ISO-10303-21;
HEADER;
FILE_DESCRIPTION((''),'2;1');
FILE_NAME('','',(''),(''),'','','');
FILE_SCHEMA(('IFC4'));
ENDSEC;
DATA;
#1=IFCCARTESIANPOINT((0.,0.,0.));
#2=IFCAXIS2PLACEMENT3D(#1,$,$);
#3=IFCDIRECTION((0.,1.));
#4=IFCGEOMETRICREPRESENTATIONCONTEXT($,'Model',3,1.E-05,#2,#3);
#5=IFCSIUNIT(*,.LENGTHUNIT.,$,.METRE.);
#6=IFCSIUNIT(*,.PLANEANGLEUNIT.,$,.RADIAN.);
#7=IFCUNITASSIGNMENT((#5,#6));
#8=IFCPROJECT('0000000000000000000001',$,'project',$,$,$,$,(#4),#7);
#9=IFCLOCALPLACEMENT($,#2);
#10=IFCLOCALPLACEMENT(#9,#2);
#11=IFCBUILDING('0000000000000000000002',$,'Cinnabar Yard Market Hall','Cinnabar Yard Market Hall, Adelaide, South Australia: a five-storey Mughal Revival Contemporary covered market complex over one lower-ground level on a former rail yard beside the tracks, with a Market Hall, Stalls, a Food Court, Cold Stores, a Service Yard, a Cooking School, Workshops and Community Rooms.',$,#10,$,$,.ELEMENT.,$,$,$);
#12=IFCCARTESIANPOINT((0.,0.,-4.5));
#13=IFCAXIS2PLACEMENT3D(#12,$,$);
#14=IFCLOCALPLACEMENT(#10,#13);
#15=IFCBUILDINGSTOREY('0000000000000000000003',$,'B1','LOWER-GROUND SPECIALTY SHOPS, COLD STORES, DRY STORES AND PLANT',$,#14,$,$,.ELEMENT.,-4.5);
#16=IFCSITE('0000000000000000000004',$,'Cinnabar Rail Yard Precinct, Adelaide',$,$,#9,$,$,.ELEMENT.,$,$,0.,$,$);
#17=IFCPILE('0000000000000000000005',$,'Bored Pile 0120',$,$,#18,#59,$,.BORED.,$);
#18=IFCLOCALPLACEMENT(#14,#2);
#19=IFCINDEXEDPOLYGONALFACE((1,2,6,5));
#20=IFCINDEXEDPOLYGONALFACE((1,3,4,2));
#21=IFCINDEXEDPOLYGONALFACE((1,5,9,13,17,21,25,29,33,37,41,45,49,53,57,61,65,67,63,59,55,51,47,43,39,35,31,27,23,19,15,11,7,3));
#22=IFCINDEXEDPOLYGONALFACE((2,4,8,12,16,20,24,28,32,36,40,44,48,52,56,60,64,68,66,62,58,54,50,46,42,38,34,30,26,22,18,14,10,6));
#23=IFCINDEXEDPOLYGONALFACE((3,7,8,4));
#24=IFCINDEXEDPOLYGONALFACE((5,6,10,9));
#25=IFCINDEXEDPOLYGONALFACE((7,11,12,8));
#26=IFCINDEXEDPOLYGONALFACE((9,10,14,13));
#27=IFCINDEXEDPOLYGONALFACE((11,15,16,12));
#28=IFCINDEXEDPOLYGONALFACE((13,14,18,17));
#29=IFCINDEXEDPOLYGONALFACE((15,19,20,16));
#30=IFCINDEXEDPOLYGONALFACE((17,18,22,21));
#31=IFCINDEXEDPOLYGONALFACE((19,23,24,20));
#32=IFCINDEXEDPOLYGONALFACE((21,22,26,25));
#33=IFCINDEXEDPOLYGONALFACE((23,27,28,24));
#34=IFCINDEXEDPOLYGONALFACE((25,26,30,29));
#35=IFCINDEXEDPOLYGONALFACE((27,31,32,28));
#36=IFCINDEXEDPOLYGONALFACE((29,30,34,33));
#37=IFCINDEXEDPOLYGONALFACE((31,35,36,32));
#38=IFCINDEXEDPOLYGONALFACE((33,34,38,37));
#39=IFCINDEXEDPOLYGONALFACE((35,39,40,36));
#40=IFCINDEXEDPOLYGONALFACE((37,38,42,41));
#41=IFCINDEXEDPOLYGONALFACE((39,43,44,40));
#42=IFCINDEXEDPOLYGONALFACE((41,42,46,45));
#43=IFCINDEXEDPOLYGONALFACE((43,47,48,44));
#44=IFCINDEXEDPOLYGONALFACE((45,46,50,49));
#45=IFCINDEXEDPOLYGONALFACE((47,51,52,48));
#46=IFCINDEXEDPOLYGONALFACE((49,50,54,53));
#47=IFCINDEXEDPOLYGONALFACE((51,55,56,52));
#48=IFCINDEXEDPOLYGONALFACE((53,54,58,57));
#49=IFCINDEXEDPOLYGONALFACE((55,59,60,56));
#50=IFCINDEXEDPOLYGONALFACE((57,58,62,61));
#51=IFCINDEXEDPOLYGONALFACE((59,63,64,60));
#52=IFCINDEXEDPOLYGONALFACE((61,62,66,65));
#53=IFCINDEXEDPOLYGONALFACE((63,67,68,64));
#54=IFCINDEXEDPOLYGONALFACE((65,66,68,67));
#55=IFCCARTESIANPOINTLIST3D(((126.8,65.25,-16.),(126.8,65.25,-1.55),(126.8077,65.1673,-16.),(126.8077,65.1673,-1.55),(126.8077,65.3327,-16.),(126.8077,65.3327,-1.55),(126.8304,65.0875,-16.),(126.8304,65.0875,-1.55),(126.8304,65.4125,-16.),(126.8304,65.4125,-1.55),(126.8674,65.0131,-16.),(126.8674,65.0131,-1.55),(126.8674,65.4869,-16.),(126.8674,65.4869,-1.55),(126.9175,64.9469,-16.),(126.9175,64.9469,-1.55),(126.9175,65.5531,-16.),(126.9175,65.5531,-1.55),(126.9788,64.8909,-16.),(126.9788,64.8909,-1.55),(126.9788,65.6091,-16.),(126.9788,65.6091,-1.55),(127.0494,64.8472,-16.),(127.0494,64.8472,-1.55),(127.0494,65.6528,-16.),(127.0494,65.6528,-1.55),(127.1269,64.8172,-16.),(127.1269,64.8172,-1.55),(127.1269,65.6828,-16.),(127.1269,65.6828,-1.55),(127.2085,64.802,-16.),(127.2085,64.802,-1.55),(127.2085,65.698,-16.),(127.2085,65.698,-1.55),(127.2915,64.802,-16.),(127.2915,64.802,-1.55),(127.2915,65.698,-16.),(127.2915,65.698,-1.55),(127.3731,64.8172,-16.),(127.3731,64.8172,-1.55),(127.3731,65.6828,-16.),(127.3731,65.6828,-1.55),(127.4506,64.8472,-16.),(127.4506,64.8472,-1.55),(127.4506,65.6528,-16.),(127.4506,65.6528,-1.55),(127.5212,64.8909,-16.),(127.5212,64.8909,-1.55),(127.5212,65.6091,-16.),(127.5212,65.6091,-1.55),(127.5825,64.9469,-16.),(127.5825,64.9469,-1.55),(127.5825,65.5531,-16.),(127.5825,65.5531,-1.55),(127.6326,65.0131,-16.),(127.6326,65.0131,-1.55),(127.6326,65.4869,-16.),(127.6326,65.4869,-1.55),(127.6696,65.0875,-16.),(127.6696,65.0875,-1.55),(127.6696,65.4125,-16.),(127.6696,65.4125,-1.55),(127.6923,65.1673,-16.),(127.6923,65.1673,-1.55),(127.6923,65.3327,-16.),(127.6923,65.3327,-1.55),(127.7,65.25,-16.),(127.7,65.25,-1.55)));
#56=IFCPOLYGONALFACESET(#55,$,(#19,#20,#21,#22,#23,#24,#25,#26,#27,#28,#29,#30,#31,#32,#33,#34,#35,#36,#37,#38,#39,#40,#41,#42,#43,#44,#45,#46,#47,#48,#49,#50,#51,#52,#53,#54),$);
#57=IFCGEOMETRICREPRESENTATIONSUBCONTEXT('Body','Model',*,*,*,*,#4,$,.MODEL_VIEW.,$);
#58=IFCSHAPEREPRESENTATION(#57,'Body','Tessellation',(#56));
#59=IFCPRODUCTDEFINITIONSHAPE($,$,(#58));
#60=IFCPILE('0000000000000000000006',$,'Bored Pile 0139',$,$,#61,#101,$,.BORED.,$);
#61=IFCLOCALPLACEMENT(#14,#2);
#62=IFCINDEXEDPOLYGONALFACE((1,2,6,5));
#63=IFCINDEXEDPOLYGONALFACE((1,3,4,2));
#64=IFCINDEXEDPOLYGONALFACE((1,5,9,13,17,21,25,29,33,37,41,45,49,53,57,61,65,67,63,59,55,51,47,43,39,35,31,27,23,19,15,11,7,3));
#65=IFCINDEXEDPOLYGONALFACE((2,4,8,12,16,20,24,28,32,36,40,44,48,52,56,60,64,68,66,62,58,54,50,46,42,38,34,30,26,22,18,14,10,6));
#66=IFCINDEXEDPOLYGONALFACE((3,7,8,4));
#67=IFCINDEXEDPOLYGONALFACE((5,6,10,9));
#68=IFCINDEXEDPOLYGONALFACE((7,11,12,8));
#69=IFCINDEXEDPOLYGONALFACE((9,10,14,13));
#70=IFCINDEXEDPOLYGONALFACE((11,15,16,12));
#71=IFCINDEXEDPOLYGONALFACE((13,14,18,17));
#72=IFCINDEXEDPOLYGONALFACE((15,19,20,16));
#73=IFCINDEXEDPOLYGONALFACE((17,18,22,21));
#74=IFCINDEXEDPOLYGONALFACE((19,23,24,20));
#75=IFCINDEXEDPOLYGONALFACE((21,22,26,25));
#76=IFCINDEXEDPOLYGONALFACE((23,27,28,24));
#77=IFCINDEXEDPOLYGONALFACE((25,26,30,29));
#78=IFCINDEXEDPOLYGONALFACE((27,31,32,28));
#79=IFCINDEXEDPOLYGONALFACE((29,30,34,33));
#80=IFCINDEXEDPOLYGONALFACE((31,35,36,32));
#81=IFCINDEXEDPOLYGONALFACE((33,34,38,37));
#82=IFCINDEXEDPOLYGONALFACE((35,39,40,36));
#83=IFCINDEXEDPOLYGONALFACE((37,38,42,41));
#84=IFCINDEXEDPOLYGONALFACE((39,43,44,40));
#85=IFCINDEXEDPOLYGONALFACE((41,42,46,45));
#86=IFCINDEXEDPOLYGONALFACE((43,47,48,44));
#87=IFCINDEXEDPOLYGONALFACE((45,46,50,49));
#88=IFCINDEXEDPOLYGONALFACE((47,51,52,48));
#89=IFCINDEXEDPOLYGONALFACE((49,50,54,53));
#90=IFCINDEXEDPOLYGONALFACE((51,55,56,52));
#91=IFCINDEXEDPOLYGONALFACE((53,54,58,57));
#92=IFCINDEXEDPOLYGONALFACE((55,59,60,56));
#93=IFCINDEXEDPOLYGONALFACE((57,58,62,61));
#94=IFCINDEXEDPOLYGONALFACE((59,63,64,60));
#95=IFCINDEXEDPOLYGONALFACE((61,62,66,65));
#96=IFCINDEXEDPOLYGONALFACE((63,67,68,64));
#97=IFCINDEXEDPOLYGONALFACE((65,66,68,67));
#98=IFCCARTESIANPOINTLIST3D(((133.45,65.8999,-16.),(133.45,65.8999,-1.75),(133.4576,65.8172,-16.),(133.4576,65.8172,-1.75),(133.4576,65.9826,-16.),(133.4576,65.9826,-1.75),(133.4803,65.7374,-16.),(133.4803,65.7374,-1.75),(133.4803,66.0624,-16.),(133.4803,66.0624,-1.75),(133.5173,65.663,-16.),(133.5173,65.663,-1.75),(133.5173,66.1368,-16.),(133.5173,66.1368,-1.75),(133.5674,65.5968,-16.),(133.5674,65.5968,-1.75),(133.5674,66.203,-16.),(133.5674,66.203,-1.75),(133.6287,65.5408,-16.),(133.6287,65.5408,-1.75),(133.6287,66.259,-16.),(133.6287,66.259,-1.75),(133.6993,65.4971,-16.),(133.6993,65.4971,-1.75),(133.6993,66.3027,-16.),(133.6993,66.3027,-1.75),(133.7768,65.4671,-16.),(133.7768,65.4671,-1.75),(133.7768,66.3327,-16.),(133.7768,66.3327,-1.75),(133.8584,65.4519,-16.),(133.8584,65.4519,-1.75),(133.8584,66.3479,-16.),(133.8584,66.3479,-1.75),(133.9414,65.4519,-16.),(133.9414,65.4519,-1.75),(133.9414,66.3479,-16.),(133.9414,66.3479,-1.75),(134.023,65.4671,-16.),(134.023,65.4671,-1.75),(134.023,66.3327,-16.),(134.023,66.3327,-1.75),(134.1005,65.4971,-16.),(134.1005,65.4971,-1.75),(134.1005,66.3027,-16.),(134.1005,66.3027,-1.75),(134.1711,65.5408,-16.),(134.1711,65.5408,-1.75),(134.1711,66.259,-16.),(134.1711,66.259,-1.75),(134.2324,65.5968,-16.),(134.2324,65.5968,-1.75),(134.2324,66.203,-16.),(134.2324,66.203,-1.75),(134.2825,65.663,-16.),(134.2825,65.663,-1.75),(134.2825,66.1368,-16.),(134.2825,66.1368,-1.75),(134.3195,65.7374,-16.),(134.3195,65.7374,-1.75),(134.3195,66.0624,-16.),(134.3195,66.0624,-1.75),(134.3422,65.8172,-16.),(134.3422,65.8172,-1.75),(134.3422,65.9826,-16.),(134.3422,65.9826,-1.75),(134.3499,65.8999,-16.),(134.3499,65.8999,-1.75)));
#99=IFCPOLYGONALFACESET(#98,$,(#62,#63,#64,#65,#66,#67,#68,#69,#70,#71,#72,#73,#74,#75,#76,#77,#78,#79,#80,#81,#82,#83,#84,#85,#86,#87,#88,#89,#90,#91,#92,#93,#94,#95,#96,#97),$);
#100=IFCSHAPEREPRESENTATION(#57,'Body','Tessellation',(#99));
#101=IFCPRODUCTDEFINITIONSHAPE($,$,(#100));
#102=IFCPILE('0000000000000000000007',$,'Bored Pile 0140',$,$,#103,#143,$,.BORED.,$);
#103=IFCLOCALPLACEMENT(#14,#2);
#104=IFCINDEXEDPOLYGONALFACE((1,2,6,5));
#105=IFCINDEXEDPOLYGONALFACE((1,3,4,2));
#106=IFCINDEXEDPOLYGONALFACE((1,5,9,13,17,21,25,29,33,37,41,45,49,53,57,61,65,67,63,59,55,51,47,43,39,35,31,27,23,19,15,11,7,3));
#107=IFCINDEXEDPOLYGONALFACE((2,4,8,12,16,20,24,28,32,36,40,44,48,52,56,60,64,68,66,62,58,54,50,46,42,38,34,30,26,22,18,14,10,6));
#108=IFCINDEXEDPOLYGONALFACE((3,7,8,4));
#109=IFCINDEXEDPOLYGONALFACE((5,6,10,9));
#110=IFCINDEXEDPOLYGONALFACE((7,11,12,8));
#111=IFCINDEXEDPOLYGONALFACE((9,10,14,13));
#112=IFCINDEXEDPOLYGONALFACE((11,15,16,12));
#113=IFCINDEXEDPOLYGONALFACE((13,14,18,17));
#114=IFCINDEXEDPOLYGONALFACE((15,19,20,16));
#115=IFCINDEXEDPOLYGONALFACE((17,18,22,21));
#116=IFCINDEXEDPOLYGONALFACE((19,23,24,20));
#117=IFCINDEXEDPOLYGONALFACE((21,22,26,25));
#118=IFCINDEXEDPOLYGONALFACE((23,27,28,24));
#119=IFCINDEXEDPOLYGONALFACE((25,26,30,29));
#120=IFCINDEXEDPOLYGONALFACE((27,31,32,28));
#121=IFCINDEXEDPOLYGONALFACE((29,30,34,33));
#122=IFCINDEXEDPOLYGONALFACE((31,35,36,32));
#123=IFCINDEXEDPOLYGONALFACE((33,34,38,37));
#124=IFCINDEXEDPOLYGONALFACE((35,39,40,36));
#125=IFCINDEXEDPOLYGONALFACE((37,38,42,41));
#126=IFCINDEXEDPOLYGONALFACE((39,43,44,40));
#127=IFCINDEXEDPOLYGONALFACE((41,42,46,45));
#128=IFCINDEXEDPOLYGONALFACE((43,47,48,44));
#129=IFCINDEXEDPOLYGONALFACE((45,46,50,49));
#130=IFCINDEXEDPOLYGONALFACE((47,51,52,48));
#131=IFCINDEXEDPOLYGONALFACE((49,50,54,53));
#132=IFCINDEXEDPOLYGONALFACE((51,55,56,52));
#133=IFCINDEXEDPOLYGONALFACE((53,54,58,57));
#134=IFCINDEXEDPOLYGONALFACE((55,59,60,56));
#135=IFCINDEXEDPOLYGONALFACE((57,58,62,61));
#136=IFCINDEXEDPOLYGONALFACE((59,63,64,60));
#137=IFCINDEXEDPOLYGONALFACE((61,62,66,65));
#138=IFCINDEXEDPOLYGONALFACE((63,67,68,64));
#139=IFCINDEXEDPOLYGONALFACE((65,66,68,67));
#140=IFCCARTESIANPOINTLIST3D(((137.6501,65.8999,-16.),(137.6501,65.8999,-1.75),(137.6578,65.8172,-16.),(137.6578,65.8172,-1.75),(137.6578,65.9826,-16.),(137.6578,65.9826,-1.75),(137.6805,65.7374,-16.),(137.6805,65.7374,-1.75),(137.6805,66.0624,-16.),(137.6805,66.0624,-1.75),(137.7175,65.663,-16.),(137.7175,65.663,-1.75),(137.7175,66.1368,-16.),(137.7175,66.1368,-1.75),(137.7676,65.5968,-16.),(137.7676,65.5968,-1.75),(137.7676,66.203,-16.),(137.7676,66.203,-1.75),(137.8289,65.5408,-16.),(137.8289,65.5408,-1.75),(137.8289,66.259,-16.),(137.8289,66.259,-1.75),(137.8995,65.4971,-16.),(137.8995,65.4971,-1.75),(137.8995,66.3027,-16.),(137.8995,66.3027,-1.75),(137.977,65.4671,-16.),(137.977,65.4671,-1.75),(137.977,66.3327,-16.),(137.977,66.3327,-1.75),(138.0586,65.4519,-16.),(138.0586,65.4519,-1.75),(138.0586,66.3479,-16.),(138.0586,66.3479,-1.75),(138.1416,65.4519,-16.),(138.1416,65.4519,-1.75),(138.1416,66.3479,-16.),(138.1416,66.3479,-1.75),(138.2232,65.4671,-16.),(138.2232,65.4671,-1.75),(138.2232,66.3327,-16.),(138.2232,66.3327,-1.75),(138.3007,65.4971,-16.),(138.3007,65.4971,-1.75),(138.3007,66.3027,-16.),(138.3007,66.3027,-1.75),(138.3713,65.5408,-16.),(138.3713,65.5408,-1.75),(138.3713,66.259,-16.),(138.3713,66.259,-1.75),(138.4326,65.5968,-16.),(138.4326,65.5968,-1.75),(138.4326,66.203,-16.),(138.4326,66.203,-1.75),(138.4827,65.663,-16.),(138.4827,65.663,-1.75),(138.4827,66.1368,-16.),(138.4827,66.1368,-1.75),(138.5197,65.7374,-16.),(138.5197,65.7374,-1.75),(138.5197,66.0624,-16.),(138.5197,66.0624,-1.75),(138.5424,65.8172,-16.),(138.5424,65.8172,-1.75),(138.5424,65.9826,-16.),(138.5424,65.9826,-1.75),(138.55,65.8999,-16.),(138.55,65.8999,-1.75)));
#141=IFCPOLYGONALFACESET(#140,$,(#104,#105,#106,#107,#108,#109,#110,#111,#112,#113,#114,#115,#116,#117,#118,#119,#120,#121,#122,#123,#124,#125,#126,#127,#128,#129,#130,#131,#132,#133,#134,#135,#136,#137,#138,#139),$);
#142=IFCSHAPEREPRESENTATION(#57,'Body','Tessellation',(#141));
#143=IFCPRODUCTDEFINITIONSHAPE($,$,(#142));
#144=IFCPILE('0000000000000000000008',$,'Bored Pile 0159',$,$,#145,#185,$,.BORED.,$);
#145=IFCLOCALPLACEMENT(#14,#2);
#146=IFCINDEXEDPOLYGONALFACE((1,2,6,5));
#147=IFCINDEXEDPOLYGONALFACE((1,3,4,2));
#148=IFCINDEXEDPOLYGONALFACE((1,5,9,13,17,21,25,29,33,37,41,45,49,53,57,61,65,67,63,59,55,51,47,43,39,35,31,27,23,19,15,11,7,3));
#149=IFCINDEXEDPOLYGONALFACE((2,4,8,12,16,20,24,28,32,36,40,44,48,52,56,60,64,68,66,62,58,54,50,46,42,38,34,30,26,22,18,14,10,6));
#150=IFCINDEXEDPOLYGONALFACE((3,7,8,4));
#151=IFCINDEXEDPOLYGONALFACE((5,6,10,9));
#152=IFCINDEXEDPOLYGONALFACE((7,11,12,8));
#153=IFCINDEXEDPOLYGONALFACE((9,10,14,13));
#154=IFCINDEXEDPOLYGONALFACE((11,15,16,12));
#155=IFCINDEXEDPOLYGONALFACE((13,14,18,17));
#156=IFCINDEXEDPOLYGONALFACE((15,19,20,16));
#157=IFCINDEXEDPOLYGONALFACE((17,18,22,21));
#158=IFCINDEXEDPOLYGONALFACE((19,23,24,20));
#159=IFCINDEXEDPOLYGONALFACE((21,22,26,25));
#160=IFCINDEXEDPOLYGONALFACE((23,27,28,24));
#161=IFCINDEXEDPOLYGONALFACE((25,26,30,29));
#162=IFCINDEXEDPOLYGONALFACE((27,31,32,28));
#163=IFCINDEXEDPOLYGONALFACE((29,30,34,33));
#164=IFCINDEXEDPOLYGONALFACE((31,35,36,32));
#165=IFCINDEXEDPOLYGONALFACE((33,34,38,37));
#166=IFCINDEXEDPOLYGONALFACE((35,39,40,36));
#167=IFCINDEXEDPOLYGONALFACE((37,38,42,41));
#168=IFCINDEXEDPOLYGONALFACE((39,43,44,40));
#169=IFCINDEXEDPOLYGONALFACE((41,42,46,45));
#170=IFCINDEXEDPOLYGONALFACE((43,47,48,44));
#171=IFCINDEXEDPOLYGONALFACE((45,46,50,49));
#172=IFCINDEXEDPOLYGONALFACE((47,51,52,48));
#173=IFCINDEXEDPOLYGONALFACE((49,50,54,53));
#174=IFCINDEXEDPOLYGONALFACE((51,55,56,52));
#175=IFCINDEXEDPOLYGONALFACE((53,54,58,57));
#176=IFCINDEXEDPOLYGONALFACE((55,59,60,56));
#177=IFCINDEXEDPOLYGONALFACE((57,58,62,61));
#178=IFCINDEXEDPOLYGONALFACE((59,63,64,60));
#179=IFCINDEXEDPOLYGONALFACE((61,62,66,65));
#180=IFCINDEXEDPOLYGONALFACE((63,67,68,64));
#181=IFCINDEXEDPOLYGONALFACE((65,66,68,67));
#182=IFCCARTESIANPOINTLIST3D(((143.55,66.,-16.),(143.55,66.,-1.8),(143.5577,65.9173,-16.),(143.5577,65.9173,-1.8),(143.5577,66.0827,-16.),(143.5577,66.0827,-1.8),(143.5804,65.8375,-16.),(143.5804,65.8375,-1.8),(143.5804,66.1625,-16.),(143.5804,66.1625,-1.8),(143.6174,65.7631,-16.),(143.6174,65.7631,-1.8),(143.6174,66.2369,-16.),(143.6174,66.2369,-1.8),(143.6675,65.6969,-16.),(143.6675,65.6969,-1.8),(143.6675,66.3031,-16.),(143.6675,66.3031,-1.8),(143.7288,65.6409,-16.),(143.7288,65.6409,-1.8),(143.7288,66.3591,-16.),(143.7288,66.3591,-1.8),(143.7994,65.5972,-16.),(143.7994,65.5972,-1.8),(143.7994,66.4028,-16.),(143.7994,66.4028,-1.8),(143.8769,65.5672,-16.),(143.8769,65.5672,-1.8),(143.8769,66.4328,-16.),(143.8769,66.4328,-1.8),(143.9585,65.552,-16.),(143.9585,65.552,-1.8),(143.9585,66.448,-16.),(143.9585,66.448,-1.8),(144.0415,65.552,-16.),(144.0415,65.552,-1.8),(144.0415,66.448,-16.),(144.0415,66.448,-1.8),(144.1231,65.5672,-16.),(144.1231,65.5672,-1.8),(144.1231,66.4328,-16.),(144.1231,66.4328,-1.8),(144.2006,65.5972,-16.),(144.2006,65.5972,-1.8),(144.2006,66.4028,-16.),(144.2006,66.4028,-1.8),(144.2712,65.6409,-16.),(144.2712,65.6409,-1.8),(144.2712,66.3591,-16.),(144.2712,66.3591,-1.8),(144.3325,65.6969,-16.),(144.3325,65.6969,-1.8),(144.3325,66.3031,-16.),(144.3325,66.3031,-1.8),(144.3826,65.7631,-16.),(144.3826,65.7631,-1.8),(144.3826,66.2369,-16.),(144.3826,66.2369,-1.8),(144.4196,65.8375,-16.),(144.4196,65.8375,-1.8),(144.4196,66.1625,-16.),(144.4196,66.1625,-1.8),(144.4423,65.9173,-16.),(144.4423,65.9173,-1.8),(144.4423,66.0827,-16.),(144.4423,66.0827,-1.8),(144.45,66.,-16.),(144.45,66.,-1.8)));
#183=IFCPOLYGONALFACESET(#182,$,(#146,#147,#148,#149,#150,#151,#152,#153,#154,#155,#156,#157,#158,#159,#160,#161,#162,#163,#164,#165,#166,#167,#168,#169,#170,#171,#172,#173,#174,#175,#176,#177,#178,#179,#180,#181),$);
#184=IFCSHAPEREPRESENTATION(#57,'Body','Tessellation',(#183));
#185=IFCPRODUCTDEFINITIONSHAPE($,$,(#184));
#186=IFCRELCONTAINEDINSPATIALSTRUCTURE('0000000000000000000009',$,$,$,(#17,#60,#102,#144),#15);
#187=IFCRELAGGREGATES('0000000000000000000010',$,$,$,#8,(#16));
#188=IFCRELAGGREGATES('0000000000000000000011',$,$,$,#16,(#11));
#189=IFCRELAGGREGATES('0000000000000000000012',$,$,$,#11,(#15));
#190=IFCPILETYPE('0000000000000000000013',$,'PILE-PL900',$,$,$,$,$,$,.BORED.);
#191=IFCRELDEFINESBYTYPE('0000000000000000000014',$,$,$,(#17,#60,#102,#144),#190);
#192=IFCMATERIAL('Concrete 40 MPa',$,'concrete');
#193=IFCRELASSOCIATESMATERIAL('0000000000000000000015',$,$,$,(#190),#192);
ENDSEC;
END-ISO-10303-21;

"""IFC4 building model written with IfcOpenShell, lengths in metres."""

from ifc_helpers import new_model, si_unit, direction, frame, origin, origin_2d_with_axis, place, context, subcontext, project, spatial, circle, extrude, material, material_profile, profile_set, type_object, element, save


model = new_model("IFC4")

# Units and contexts
model_context = context("Model", 3, precision=1e-05, world=origin(), true_north=direction((0.0, 1.0)))
body_context = subcontext(model_context, "Body", "Model", "MODEL_VIEW")
ifc_project = project(units=[si_unit("LENGTHUNIT", "METRE"), si_unit("PLANEANGLEUNIT", "RADIAN")], contexts=[model_context])

# Site, building, storey
site_placement = place(None, origin())
site = spatial("IfcSite", under=ifc_project, at=site_placement, Name="Cinnabar Rail Yard Precinct, Adelaide", CompositionType="ELEMENT", RefElevation=0.0)
building_placement = place(site_placement, origin())
building = spatial("IfcBuilding", under=site, at=building_placement, Name="Cinnabar Yard Market Hall", Description="Cinnabar Yard Market Hall, Adelaide, South Australia: a five-storey Mughal Revival Contemporary covered market complex over one lower-ground level on a former rail yard beside the tracks, with a Market Hall, Stalls, a Food Court, Cold Stores, a Service Yard, a Cooking School, Workshops and Community Rooms.", CompositionType="ELEMENT")
storey_placement = place(building_placement, frame((0.0, 0.0, -4.5)))
storey = spatial("IfcBuildingStorey", under=building, at=storey_placement, Name="B1", Description="LOWER-GROUND SPECIALTY SHOPS, COLD STORES, DRY STORES AND PLANT", CompositionType="ELEMENT", Elevation=-4.5)

# Shared definitions
ifc_material_1 = material(Name="Concrete 40 MPa", Category="concrete")

# Piles
ifc_material_profile_1 = material_profile(ifc_material_1, circle(Radius=0.45, at=origin_2d_with_axis()), Name="PILE-D900")
ifc_profile_set_1 = profile_set([ifc_material_profile_1], Name="Concrete 40 MPa")
pile_type_1 = type_object("IfcPileType", Name="PILE-PL900", PredefinedType="BORED", material=ifc_profile_set_1)
for number, where, z_axis, x_axis, name in (
    (1, (127.25, 65.25, -1.55), (0.0, 0.0, -1.0), (1.0, 0.0, 0.0), "Bored Pile 0120"),
):
    element("IfcPile", number, at=place(storey_placement, frame(where, z_axis=z_axis, x_axis=x_axis)), inside=storey, type_object=pile_type_1, Name=name, PredefinedType="BORED", context=body_context, shape_type="SweptSolid", body=[
        extrude(circle(Radius=0.45, at=origin_2d_with_axis()), origin(), (0.0, 0.0, 1.0), 14.45),
    ])
for number, where, z_axis, x_axis, name in (
    (2, (133.8999, 65.8999, -1.75), (0.0, 0.0, -1.0), (1.0, 0.0, 0.0), "Bored Pile 0139"),
    (3, (138.1001, 65.8999, -1.75), (0.0, 0.0, -1.0), (1.0, 0.0, 0.0), "Bored Pile 0140"),
):
    element("IfcPile", number, at=place(storey_placement, frame(where, z_axis=z_axis, x_axis=x_axis)), inside=storey, type_object=pile_type_1, Name=name, PredefinedType="BORED", context=body_context, shape_type="SweptSolid", body=[
        extrude(circle(Radius=0.45, at=origin_2d_with_axis()), origin(), (0.0, 0.0, 1.0), 14.25),
    ])
pile_1_placement = place(storey_placement, frame((144.0, 66.0, -1.8), z_axis=(0.0, 0.0, -1.0), x_axis=(1.0, 0.0, 0.0)))
element("IfcPile", 4, at=pile_1_placement, inside=storey, type_object=pile_type_1, Name="Bored Pile 0159", PredefinedType="BORED", context=body_context, shape_type="SweptSolid", body=[
    extrude(circle(Radius=0.45, at=origin_2d_with_axis()), origin(), (0.0, 0.0, 1.0), 14.2),
])

save(model, "model.ifc")
